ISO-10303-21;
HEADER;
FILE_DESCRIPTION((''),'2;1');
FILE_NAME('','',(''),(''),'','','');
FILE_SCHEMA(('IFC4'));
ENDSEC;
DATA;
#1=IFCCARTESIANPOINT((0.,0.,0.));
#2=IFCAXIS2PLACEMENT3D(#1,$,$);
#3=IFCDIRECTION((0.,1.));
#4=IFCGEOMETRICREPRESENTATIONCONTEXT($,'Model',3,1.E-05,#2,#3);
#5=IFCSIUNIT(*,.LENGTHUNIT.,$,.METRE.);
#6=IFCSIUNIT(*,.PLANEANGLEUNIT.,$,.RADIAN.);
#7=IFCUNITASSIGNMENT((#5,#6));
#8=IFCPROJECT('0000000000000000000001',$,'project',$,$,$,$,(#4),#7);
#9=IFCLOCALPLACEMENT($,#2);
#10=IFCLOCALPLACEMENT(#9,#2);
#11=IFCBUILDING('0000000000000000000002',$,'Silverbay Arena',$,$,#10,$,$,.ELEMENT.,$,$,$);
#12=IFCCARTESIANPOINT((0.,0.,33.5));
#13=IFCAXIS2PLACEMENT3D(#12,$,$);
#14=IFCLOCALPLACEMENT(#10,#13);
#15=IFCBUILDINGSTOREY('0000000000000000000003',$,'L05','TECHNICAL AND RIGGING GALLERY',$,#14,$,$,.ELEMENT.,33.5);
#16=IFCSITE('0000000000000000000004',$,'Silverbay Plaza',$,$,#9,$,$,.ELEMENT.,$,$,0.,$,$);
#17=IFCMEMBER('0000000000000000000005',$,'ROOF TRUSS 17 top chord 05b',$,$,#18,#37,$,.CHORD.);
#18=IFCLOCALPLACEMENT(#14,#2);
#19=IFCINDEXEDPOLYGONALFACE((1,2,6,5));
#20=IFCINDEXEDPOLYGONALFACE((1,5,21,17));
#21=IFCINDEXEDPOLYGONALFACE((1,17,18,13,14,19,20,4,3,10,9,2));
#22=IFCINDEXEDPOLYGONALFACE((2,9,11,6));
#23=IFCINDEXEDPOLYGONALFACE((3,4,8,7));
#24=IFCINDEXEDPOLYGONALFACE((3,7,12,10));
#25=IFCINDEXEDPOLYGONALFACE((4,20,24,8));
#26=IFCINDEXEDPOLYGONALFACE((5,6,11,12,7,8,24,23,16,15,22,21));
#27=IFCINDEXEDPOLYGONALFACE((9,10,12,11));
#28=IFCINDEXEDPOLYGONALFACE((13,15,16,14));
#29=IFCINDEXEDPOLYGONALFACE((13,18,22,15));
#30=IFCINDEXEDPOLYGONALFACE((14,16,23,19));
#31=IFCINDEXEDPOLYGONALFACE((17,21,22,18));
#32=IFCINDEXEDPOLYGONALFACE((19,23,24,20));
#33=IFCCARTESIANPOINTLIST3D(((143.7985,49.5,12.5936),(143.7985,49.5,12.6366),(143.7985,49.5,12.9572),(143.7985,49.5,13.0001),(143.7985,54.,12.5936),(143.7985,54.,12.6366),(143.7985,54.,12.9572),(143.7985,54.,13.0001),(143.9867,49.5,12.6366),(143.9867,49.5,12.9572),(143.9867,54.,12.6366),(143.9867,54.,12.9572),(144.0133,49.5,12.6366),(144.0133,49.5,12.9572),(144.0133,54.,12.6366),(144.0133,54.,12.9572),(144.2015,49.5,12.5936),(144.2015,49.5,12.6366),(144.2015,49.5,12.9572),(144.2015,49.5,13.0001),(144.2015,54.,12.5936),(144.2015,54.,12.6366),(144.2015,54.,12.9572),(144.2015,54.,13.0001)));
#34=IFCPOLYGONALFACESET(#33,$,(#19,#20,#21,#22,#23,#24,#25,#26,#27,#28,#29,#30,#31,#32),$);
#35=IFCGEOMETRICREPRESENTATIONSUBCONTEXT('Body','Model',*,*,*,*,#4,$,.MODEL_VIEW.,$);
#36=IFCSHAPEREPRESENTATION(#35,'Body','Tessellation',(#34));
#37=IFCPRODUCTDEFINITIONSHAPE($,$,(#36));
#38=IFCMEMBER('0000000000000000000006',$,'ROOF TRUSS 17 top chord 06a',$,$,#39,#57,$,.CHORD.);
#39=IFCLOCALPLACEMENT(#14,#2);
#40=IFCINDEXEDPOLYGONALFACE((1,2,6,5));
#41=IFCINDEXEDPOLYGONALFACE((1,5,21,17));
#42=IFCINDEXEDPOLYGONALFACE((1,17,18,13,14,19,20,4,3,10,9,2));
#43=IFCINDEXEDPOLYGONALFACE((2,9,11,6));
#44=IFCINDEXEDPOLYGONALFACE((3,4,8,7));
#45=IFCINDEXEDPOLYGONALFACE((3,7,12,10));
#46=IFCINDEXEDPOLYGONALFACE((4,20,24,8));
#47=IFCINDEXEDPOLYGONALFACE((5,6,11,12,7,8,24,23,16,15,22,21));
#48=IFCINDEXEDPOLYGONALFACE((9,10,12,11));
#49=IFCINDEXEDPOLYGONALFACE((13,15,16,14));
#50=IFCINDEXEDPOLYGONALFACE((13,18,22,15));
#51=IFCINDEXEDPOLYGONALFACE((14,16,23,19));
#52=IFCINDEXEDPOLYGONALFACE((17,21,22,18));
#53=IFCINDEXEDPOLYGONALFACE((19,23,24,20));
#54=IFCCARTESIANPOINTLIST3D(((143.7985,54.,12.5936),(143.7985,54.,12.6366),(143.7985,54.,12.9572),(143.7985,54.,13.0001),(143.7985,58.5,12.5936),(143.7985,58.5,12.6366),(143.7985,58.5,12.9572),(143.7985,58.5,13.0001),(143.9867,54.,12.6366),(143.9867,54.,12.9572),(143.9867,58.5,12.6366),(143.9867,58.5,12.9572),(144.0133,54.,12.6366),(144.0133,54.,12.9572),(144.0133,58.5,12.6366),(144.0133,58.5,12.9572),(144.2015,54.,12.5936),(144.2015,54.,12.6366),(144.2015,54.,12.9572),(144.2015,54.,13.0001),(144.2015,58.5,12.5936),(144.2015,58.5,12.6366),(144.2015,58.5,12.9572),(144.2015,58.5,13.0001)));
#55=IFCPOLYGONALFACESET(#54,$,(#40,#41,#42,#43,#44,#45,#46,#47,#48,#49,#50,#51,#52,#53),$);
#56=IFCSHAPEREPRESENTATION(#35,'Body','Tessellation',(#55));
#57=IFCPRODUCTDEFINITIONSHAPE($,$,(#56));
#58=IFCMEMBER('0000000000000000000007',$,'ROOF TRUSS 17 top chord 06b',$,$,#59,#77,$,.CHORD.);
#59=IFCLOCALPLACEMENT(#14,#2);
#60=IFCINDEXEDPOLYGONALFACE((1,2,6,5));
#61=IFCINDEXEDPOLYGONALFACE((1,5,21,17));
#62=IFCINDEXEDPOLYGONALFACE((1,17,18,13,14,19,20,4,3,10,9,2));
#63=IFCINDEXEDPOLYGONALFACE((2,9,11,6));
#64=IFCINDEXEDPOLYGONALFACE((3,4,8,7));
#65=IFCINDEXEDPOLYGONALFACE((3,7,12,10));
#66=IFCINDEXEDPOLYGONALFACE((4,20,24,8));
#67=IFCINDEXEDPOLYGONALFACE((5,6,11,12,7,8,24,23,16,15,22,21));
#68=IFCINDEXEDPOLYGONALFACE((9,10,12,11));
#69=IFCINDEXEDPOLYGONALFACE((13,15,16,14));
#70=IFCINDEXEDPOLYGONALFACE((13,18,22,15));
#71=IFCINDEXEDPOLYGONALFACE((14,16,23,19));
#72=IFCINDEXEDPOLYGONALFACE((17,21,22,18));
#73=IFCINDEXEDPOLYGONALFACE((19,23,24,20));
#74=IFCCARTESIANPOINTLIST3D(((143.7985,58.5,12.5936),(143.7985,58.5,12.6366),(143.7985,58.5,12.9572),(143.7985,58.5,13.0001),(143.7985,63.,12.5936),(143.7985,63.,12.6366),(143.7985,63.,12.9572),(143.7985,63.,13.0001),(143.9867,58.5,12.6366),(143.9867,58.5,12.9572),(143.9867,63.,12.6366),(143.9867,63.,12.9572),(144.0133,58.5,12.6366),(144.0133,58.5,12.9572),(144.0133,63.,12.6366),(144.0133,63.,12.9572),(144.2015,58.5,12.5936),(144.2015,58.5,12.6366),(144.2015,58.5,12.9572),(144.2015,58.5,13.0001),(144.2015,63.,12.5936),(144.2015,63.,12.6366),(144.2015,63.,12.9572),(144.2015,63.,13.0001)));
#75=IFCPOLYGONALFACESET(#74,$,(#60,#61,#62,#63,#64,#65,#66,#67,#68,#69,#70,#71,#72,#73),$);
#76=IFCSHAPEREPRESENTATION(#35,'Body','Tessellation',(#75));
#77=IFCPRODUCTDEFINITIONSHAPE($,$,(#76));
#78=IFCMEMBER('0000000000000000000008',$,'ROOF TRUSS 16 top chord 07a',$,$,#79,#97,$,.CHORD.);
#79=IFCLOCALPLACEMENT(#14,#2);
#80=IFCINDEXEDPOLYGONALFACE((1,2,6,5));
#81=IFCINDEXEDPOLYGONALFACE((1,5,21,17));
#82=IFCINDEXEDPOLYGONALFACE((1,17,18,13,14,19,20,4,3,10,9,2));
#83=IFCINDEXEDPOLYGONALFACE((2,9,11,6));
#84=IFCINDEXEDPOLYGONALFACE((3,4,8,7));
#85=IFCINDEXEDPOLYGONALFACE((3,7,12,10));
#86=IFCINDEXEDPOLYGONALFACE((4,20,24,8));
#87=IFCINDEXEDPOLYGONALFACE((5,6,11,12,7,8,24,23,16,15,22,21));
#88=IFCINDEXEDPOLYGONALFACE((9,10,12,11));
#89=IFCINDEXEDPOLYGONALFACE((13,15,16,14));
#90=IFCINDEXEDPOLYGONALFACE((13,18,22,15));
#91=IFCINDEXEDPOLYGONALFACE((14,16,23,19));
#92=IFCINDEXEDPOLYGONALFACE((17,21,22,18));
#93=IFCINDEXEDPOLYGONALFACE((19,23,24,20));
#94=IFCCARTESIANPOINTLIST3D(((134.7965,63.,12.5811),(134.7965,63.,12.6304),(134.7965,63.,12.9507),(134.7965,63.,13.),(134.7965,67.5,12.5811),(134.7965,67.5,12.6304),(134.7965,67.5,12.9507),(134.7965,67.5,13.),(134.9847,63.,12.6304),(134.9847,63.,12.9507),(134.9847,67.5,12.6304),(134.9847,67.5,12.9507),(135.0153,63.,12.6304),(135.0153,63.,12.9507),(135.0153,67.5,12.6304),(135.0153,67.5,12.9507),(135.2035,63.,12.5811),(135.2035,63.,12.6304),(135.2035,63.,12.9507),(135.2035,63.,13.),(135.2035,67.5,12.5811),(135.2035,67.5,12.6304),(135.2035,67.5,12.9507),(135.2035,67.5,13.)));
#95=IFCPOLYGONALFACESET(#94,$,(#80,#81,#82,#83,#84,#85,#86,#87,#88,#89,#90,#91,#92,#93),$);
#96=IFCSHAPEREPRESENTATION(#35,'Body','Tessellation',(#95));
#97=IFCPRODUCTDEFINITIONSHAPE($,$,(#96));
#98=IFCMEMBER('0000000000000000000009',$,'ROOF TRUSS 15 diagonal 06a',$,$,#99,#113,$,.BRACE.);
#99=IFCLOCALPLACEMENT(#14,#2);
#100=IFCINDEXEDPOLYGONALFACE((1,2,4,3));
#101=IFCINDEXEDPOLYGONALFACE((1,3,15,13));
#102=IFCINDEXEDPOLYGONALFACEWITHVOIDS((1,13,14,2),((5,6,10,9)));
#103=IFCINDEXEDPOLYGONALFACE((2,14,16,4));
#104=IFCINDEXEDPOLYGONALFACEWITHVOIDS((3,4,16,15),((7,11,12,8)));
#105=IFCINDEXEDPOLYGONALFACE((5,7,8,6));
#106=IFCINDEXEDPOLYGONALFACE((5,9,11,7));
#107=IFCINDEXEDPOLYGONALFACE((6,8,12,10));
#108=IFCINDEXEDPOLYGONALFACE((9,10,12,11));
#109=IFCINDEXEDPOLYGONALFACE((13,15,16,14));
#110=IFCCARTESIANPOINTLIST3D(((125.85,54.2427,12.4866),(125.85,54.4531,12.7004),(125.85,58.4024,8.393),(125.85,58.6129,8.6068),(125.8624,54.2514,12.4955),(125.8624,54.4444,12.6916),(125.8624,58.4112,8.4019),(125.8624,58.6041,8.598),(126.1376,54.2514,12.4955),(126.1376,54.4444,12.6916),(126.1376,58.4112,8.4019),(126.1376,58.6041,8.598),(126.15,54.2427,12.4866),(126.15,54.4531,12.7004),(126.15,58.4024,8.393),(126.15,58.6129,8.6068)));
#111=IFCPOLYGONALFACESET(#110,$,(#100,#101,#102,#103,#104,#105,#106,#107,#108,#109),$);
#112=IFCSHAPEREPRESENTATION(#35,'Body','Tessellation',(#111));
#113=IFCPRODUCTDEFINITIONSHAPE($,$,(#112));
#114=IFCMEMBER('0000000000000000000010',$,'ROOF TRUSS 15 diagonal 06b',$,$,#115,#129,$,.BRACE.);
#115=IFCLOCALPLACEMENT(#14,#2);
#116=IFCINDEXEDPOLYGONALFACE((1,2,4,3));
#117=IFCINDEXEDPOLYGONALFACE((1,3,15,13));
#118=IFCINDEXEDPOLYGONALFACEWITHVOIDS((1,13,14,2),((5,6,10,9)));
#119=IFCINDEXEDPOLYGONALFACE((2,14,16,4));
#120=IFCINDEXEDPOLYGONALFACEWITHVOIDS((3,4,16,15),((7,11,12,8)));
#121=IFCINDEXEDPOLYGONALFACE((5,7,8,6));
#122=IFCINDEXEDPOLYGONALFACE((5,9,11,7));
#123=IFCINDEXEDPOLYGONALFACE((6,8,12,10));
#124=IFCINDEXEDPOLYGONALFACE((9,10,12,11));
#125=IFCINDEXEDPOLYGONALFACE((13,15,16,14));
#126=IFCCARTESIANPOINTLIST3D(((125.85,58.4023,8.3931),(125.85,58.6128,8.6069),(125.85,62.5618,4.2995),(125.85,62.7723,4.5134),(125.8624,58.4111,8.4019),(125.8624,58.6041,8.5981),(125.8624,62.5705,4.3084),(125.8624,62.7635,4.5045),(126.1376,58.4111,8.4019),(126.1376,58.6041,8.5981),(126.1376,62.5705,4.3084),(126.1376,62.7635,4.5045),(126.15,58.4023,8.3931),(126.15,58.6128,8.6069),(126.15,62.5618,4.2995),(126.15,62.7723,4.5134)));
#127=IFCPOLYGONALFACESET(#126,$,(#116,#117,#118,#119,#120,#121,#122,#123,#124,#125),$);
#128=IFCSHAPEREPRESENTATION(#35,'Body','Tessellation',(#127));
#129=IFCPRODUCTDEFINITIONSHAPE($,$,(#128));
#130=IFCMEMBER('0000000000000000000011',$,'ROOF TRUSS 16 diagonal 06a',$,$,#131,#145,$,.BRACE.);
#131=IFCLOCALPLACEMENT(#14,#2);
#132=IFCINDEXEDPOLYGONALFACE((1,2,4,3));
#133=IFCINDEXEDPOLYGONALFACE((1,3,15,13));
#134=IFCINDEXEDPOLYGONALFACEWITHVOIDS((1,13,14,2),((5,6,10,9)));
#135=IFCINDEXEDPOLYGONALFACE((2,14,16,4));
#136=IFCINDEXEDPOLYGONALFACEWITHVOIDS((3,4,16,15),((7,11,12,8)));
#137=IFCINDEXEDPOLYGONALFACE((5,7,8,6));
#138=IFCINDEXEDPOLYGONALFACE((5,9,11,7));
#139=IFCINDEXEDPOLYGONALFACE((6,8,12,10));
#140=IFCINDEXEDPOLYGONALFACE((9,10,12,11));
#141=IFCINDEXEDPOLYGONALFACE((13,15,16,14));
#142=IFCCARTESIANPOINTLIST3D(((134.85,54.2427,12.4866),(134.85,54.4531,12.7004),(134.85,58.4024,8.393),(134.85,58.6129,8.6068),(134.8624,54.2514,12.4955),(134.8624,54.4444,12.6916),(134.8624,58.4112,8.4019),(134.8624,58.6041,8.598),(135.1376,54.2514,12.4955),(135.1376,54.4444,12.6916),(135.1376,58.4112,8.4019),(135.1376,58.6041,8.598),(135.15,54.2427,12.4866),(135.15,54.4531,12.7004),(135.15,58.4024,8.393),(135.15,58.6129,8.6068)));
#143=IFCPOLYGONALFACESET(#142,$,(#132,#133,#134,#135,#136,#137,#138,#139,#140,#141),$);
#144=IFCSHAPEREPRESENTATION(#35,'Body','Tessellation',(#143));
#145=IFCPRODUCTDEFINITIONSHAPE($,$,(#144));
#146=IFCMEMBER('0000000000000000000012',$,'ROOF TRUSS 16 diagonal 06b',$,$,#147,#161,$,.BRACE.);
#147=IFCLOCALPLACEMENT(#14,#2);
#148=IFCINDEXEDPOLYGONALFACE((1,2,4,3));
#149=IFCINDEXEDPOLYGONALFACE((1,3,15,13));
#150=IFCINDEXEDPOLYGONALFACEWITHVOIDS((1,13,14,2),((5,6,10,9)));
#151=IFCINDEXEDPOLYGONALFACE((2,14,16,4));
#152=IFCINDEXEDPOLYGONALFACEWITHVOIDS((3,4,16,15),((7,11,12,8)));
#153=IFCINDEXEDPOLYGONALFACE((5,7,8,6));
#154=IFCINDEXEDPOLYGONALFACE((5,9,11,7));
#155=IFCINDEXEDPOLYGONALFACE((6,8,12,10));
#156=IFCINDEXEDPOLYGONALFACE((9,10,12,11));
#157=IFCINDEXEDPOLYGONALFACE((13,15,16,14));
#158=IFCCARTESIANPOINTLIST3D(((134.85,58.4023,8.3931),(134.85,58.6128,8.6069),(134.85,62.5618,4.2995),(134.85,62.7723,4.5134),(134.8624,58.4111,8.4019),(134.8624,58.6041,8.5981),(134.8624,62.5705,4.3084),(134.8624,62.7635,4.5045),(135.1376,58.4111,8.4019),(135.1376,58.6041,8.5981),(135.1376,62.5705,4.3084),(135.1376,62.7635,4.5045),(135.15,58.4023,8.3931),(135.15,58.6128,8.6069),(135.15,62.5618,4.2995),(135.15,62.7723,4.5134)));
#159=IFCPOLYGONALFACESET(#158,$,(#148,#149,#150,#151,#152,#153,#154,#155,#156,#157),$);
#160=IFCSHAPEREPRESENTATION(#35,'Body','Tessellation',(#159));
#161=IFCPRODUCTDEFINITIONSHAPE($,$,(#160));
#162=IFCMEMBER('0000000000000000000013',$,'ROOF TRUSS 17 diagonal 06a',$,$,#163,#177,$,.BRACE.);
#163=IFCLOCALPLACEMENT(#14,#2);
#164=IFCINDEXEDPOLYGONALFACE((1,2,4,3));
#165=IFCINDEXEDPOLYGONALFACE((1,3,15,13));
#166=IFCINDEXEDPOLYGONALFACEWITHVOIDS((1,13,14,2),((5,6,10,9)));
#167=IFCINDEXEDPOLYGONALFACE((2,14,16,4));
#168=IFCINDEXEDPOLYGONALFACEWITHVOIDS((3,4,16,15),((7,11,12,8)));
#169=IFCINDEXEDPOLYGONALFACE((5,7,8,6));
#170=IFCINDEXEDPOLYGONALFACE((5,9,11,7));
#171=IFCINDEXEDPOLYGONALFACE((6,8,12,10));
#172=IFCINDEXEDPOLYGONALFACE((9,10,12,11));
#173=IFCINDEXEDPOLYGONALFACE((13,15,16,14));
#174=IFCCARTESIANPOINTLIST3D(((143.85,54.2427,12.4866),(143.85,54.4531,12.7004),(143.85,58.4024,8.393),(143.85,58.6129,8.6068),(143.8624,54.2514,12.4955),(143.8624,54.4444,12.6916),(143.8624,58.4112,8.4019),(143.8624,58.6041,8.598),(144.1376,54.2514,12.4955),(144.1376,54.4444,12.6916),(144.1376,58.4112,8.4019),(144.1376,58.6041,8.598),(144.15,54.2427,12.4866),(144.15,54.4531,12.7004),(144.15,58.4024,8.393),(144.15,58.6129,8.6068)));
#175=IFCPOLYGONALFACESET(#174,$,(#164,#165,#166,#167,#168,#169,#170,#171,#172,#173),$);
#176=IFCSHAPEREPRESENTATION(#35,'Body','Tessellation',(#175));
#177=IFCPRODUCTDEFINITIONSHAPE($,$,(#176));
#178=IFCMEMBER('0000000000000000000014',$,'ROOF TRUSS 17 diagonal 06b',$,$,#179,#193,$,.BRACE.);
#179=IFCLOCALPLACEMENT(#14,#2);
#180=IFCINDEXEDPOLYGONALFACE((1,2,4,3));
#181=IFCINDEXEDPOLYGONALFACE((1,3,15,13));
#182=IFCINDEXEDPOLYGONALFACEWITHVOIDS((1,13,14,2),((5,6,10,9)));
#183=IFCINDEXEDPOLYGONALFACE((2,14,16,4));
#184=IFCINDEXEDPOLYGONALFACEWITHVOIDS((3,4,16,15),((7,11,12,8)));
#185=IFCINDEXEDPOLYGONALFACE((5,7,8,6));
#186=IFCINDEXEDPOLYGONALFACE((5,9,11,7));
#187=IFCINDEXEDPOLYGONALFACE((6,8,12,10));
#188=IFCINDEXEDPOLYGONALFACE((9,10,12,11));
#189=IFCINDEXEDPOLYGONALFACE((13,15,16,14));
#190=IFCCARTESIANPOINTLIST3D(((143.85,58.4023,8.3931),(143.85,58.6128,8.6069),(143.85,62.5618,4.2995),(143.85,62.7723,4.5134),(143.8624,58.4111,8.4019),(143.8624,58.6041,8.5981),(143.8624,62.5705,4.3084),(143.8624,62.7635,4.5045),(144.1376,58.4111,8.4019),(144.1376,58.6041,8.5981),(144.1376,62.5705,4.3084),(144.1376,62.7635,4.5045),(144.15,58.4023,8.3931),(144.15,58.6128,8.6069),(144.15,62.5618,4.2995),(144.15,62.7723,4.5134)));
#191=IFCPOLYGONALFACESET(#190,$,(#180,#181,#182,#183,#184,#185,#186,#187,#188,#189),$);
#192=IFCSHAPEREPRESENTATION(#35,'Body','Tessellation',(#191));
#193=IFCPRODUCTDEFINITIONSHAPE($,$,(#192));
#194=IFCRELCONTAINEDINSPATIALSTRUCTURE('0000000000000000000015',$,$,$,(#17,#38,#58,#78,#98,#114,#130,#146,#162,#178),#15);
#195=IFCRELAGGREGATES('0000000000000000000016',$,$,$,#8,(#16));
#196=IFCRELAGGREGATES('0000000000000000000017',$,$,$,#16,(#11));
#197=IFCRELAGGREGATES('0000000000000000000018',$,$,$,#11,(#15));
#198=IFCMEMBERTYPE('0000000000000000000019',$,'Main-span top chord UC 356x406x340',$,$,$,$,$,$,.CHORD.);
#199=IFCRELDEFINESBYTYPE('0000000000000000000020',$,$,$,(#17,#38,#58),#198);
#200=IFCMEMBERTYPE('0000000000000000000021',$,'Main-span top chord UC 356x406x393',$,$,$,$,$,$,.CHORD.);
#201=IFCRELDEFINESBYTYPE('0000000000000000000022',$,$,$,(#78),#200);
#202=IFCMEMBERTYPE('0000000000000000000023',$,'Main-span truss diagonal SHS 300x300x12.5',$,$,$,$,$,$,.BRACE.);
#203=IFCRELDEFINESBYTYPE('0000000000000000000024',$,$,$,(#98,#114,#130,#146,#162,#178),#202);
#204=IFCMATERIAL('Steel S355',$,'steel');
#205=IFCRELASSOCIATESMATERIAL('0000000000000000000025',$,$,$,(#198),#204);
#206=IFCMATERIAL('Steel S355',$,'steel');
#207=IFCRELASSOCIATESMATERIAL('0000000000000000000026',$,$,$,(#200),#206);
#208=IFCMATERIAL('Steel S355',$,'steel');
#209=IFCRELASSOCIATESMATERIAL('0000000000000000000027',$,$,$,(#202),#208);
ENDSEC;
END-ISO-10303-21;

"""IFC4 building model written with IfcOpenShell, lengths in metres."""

from ifc_helpers import new_model, si_unit, direction, frame, origin, origin_2d, place, context, subcontext, project, spatial, hollow_rectangle, i_section, extrude, material, material_profile, profile_set, type_object, element, save


model = new_model("IFC4")

# Units and contexts
model_context = context("Model", 3, precision=1e-05, world=origin(), true_north=direction((0.0, 1.0)))
body_context = subcontext(model_context, "Body", "Model", "MODEL_VIEW")
ifc_project = project(units=[si_unit("LENGTHUNIT", "METRE"), si_unit("PLANEANGLEUNIT", "RADIAN")], contexts=[model_context])

# Site, building, storey
site_placement = place(None, origin())
site = spatial("IfcSite", under=ifc_project, at=site_placement, Name="Silverbay Plaza", CompositionType="ELEMENT", RefElevation=0.0)
building_placement = place(site_placement, origin())
building = spatial("IfcBuilding", under=site, at=building_placement, Name="Silverbay Arena", CompositionType="ELEMENT")
storey_placement = place(building_placement, frame((0.0, 0.0, 33.5)))
storey = spatial("IfcBuildingStorey", under=building, at=storey_placement, Name="L05", Description="TECHNICAL AND RIGGING GALLERY", CompositionType="ELEMENT", Elevation=33.5)

# Members
ifc_material_1 = material(Name="Steel S355", Category="steel")
ifc_material_profile_1 = material_profile(ifc_material_1, i_section(OverallWidth=0.4031, OverallDepth=0.4065, WebThickness=0.0266, FlangeThickness=0.043, at=origin_2d()), Name="UC 356x406x340")
ifc_profile_set_1 = profile_set([ifc_material_profile_1], Name="Steel S355")
member_type_1 = type_object("IfcMemberType", Name="Main-span top chord UC 356x406x340", PredefinedType="CHORD", material=ifc_profile_set_1)
for number, where, z_axis, x_axis, name in (
    (1, (144.0, 49.5, 12.7969), (0.0, 1.0, 0.0), (-1.0, 0.0, 0.0), "ROOF TRUSS 17 top chord 05b"),
    (2, (144.0, 54.0, 12.7969), (0.0, 1.0, 0.0), (-1.0, 0.0, 0.0), "ROOF TRUSS 17 top chord 06a"),
    (3, (144.0, 58.5, 12.7969), (0.0, 1.0, 0.0), (-1.0, 0.0, 0.0), "ROOF TRUSS 17 top chord 06b"),
):
    element("IfcMember", number, at=place(storey_placement, frame(where, z_axis=z_axis, x_axis=x_axis)), inside=storey, type_object=member_type_1, Name=name, PredefinedType="CHORD", context=body_context, shape_type="SweptSolid", body=[
        extrude(i_section(OverallWidth=0.4031, OverallDepth=0.4065, WebThickness=0.0266, FlangeThickness=0.043, at=origin_2d()), origin(), (0.0, 0.0, 1.0), 4.5),
    ])
ifc_material_2 = material(Name="Steel S355", Category="steel")
ifc_material_profile_2 = material_profile(ifc_material_2, i_section(OverallWidth=0.407, OverallDepth=0.4189, WebThickness=0.0305, FlangeThickness=0.0493, at=origin_2d()), Name="UC 356x406x393")
ifc_profile_set_2 = profile_set([ifc_material_profile_2], Name="Steel S355")
member_type_2 = type_object("IfcMemberType", Name="Main-span top chord UC 356x406x393", PredefinedType="CHORD", material=ifc_profile_set_2)
member_1_placement = place(storey_placement, frame((135.0, 63.0, 12.7905), z_axis=(0.0, 1.0, 0.0), x_axis=(-1.0, 0.0, 0.0)))
element("IfcMember", 4, at=member_1_placement, inside=storey, type_object=member_type_2, Name="ROOF TRUSS 16 top chord 07a", PredefinedType="CHORD", context=body_context, shape_type="SweptSolid", body=[
    extrude(i_section(OverallWidth=0.407, OverallDepth=0.4189, WebThickness=0.0305, FlangeThickness=0.0493, at=origin_2d()), origin(), (0.0, 0.0, 1.0), 4.5),
])
ifc_material_3 = material(Name="Steel S355", Category="steel")
ifc_material_profile_3 = material_profile(ifc_material_3, hollow_rectangle(XDim=0.3, YDim=0.3, WallThickness=0.0125, at=origin_2d()), Name="SHS 300x300x12.5")
ifc_profile_set_3 = profile_set([ifc_material_profile_3], Name="Steel S355")
member_type_3 = type_object("IfcMemberType", Name="Main-span truss diagonal SHS 300x300x12.5", PredefinedType="BRACE", material=ifc_profile_set_3)
member_2_placement = place(storey_placement, frame((126.0, 54.3479, 12.5935), z_axis=(0.0, 0.712752, -0.701416), x_axis=(-1.0, 0.0, 0.0)))
element("IfcMember", 5, at=member_2_placement, inside=storey, type_object=member_type_3, Name="ROOF TRUSS 15 diagonal 06a", PredefinedType="BRACE", context=body_context, shape_type="SweptSolid", body=[
    extrude(hollow_rectangle(XDim=0.3, YDim=0.3, WallThickness=0.0125, at=origin_2d()), origin(), (0.0, 0.0, 1.0), 5.8362),
])
member_3_placement = place(storey_placement, frame((126.0, 58.5076, 8.5), z_axis=(0.0, 0.712732, -0.701437), x_axis=(-1.0, 0.0, 0.0)))
element("IfcMember", 6, at=member_3_placement, inside=storey, type_object=member_type_3, Name="ROOF TRUSS 15 diagonal 06b", PredefinedType="BRACE", context=body_context, shape_type="SweptSolid", body=[
    extrude(hollow_rectangle(XDim=0.3, YDim=0.3, WallThickness=0.0125, at=origin_2d()), origin(), (0.0, 0.0, 1.0), 5.8359),
])
member_4_placement = place(storey_placement, frame((135.0, 54.3479, 12.5935), z_axis=(0.0, 0.712752, -0.701416), x_axis=(-1.0, 0.0, 0.0)))
element("IfcMember", 7, at=member_4_placement, inside=storey, type_object=member_type_3, Name="ROOF TRUSS 16 diagonal 06a", PredefinedType="BRACE", context=body_context, shape_type="SweptSolid", body=[
    extrude(hollow_rectangle(XDim=0.3, YDim=0.3, WallThickness=0.0125, at=origin_2d()), origin(), (0.0, 0.0, 1.0), 5.8362),
])
member_5_placement = place(storey_placement, frame((135.0, 58.5076, 8.5), z_axis=(0.0, 0.712732, -0.701437), x_axis=(-1.0, 0.0, 0.0)))
element("IfcMember", 8, at=member_5_placement, inside=storey, type_object=member_type_3, Name="ROOF TRUSS 16 diagonal 06b", PredefinedType="BRACE", context=body_context, shape_type="SweptSolid", body=[
    extrude(hollow_rectangle(XDim=0.3, YDim=0.3, WallThickness=0.0125, at=origin_2d()), origin(), (0.0, 0.0, 1.0), 5.8359),
])
member_6_placement = place(storey_placement, frame((144.0, 54.3479, 12.5935), z_axis=(0.0, 0.712752, -0.701416), x_axis=(-1.0, 0.0, 0.0)))
element("IfcMember", 9, at=member_6_placement, inside=storey, type_object=member_type_3, Name="ROOF TRUSS 17 diagonal 06a", PredefinedType="BRACE", context=body_context, shape_type="SweptSolid", body=[
    extrude(hollow_rectangle(XDim=0.3, YDim=0.3, WallThickness=0.0125, at=origin_2d()), origin(), (0.0, 0.0, 1.0), 5.8362),
])
member_7_placement = place(storey_placement, frame((144.0, 58.5076, 8.5), z_axis=(0.0, 0.712732, -0.701437), x_axis=(-1.0, 0.0, 0.0)))
element("IfcMember", 10, at=member_7_placement, inside=storey, type_object=member_type_3, Name="ROOF TRUSS 17 diagonal 06b", PredefinedType="BRACE", context=body_context, shape_type="SweptSolid", body=[
    extrude(hollow_rectangle(XDim=0.3, YDim=0.3, WallThickness=0.0125, at=origin_2d()), origin(), (0.0, 0.0, 1.0), 5.8359),
])

save(model, "model.ifc")
